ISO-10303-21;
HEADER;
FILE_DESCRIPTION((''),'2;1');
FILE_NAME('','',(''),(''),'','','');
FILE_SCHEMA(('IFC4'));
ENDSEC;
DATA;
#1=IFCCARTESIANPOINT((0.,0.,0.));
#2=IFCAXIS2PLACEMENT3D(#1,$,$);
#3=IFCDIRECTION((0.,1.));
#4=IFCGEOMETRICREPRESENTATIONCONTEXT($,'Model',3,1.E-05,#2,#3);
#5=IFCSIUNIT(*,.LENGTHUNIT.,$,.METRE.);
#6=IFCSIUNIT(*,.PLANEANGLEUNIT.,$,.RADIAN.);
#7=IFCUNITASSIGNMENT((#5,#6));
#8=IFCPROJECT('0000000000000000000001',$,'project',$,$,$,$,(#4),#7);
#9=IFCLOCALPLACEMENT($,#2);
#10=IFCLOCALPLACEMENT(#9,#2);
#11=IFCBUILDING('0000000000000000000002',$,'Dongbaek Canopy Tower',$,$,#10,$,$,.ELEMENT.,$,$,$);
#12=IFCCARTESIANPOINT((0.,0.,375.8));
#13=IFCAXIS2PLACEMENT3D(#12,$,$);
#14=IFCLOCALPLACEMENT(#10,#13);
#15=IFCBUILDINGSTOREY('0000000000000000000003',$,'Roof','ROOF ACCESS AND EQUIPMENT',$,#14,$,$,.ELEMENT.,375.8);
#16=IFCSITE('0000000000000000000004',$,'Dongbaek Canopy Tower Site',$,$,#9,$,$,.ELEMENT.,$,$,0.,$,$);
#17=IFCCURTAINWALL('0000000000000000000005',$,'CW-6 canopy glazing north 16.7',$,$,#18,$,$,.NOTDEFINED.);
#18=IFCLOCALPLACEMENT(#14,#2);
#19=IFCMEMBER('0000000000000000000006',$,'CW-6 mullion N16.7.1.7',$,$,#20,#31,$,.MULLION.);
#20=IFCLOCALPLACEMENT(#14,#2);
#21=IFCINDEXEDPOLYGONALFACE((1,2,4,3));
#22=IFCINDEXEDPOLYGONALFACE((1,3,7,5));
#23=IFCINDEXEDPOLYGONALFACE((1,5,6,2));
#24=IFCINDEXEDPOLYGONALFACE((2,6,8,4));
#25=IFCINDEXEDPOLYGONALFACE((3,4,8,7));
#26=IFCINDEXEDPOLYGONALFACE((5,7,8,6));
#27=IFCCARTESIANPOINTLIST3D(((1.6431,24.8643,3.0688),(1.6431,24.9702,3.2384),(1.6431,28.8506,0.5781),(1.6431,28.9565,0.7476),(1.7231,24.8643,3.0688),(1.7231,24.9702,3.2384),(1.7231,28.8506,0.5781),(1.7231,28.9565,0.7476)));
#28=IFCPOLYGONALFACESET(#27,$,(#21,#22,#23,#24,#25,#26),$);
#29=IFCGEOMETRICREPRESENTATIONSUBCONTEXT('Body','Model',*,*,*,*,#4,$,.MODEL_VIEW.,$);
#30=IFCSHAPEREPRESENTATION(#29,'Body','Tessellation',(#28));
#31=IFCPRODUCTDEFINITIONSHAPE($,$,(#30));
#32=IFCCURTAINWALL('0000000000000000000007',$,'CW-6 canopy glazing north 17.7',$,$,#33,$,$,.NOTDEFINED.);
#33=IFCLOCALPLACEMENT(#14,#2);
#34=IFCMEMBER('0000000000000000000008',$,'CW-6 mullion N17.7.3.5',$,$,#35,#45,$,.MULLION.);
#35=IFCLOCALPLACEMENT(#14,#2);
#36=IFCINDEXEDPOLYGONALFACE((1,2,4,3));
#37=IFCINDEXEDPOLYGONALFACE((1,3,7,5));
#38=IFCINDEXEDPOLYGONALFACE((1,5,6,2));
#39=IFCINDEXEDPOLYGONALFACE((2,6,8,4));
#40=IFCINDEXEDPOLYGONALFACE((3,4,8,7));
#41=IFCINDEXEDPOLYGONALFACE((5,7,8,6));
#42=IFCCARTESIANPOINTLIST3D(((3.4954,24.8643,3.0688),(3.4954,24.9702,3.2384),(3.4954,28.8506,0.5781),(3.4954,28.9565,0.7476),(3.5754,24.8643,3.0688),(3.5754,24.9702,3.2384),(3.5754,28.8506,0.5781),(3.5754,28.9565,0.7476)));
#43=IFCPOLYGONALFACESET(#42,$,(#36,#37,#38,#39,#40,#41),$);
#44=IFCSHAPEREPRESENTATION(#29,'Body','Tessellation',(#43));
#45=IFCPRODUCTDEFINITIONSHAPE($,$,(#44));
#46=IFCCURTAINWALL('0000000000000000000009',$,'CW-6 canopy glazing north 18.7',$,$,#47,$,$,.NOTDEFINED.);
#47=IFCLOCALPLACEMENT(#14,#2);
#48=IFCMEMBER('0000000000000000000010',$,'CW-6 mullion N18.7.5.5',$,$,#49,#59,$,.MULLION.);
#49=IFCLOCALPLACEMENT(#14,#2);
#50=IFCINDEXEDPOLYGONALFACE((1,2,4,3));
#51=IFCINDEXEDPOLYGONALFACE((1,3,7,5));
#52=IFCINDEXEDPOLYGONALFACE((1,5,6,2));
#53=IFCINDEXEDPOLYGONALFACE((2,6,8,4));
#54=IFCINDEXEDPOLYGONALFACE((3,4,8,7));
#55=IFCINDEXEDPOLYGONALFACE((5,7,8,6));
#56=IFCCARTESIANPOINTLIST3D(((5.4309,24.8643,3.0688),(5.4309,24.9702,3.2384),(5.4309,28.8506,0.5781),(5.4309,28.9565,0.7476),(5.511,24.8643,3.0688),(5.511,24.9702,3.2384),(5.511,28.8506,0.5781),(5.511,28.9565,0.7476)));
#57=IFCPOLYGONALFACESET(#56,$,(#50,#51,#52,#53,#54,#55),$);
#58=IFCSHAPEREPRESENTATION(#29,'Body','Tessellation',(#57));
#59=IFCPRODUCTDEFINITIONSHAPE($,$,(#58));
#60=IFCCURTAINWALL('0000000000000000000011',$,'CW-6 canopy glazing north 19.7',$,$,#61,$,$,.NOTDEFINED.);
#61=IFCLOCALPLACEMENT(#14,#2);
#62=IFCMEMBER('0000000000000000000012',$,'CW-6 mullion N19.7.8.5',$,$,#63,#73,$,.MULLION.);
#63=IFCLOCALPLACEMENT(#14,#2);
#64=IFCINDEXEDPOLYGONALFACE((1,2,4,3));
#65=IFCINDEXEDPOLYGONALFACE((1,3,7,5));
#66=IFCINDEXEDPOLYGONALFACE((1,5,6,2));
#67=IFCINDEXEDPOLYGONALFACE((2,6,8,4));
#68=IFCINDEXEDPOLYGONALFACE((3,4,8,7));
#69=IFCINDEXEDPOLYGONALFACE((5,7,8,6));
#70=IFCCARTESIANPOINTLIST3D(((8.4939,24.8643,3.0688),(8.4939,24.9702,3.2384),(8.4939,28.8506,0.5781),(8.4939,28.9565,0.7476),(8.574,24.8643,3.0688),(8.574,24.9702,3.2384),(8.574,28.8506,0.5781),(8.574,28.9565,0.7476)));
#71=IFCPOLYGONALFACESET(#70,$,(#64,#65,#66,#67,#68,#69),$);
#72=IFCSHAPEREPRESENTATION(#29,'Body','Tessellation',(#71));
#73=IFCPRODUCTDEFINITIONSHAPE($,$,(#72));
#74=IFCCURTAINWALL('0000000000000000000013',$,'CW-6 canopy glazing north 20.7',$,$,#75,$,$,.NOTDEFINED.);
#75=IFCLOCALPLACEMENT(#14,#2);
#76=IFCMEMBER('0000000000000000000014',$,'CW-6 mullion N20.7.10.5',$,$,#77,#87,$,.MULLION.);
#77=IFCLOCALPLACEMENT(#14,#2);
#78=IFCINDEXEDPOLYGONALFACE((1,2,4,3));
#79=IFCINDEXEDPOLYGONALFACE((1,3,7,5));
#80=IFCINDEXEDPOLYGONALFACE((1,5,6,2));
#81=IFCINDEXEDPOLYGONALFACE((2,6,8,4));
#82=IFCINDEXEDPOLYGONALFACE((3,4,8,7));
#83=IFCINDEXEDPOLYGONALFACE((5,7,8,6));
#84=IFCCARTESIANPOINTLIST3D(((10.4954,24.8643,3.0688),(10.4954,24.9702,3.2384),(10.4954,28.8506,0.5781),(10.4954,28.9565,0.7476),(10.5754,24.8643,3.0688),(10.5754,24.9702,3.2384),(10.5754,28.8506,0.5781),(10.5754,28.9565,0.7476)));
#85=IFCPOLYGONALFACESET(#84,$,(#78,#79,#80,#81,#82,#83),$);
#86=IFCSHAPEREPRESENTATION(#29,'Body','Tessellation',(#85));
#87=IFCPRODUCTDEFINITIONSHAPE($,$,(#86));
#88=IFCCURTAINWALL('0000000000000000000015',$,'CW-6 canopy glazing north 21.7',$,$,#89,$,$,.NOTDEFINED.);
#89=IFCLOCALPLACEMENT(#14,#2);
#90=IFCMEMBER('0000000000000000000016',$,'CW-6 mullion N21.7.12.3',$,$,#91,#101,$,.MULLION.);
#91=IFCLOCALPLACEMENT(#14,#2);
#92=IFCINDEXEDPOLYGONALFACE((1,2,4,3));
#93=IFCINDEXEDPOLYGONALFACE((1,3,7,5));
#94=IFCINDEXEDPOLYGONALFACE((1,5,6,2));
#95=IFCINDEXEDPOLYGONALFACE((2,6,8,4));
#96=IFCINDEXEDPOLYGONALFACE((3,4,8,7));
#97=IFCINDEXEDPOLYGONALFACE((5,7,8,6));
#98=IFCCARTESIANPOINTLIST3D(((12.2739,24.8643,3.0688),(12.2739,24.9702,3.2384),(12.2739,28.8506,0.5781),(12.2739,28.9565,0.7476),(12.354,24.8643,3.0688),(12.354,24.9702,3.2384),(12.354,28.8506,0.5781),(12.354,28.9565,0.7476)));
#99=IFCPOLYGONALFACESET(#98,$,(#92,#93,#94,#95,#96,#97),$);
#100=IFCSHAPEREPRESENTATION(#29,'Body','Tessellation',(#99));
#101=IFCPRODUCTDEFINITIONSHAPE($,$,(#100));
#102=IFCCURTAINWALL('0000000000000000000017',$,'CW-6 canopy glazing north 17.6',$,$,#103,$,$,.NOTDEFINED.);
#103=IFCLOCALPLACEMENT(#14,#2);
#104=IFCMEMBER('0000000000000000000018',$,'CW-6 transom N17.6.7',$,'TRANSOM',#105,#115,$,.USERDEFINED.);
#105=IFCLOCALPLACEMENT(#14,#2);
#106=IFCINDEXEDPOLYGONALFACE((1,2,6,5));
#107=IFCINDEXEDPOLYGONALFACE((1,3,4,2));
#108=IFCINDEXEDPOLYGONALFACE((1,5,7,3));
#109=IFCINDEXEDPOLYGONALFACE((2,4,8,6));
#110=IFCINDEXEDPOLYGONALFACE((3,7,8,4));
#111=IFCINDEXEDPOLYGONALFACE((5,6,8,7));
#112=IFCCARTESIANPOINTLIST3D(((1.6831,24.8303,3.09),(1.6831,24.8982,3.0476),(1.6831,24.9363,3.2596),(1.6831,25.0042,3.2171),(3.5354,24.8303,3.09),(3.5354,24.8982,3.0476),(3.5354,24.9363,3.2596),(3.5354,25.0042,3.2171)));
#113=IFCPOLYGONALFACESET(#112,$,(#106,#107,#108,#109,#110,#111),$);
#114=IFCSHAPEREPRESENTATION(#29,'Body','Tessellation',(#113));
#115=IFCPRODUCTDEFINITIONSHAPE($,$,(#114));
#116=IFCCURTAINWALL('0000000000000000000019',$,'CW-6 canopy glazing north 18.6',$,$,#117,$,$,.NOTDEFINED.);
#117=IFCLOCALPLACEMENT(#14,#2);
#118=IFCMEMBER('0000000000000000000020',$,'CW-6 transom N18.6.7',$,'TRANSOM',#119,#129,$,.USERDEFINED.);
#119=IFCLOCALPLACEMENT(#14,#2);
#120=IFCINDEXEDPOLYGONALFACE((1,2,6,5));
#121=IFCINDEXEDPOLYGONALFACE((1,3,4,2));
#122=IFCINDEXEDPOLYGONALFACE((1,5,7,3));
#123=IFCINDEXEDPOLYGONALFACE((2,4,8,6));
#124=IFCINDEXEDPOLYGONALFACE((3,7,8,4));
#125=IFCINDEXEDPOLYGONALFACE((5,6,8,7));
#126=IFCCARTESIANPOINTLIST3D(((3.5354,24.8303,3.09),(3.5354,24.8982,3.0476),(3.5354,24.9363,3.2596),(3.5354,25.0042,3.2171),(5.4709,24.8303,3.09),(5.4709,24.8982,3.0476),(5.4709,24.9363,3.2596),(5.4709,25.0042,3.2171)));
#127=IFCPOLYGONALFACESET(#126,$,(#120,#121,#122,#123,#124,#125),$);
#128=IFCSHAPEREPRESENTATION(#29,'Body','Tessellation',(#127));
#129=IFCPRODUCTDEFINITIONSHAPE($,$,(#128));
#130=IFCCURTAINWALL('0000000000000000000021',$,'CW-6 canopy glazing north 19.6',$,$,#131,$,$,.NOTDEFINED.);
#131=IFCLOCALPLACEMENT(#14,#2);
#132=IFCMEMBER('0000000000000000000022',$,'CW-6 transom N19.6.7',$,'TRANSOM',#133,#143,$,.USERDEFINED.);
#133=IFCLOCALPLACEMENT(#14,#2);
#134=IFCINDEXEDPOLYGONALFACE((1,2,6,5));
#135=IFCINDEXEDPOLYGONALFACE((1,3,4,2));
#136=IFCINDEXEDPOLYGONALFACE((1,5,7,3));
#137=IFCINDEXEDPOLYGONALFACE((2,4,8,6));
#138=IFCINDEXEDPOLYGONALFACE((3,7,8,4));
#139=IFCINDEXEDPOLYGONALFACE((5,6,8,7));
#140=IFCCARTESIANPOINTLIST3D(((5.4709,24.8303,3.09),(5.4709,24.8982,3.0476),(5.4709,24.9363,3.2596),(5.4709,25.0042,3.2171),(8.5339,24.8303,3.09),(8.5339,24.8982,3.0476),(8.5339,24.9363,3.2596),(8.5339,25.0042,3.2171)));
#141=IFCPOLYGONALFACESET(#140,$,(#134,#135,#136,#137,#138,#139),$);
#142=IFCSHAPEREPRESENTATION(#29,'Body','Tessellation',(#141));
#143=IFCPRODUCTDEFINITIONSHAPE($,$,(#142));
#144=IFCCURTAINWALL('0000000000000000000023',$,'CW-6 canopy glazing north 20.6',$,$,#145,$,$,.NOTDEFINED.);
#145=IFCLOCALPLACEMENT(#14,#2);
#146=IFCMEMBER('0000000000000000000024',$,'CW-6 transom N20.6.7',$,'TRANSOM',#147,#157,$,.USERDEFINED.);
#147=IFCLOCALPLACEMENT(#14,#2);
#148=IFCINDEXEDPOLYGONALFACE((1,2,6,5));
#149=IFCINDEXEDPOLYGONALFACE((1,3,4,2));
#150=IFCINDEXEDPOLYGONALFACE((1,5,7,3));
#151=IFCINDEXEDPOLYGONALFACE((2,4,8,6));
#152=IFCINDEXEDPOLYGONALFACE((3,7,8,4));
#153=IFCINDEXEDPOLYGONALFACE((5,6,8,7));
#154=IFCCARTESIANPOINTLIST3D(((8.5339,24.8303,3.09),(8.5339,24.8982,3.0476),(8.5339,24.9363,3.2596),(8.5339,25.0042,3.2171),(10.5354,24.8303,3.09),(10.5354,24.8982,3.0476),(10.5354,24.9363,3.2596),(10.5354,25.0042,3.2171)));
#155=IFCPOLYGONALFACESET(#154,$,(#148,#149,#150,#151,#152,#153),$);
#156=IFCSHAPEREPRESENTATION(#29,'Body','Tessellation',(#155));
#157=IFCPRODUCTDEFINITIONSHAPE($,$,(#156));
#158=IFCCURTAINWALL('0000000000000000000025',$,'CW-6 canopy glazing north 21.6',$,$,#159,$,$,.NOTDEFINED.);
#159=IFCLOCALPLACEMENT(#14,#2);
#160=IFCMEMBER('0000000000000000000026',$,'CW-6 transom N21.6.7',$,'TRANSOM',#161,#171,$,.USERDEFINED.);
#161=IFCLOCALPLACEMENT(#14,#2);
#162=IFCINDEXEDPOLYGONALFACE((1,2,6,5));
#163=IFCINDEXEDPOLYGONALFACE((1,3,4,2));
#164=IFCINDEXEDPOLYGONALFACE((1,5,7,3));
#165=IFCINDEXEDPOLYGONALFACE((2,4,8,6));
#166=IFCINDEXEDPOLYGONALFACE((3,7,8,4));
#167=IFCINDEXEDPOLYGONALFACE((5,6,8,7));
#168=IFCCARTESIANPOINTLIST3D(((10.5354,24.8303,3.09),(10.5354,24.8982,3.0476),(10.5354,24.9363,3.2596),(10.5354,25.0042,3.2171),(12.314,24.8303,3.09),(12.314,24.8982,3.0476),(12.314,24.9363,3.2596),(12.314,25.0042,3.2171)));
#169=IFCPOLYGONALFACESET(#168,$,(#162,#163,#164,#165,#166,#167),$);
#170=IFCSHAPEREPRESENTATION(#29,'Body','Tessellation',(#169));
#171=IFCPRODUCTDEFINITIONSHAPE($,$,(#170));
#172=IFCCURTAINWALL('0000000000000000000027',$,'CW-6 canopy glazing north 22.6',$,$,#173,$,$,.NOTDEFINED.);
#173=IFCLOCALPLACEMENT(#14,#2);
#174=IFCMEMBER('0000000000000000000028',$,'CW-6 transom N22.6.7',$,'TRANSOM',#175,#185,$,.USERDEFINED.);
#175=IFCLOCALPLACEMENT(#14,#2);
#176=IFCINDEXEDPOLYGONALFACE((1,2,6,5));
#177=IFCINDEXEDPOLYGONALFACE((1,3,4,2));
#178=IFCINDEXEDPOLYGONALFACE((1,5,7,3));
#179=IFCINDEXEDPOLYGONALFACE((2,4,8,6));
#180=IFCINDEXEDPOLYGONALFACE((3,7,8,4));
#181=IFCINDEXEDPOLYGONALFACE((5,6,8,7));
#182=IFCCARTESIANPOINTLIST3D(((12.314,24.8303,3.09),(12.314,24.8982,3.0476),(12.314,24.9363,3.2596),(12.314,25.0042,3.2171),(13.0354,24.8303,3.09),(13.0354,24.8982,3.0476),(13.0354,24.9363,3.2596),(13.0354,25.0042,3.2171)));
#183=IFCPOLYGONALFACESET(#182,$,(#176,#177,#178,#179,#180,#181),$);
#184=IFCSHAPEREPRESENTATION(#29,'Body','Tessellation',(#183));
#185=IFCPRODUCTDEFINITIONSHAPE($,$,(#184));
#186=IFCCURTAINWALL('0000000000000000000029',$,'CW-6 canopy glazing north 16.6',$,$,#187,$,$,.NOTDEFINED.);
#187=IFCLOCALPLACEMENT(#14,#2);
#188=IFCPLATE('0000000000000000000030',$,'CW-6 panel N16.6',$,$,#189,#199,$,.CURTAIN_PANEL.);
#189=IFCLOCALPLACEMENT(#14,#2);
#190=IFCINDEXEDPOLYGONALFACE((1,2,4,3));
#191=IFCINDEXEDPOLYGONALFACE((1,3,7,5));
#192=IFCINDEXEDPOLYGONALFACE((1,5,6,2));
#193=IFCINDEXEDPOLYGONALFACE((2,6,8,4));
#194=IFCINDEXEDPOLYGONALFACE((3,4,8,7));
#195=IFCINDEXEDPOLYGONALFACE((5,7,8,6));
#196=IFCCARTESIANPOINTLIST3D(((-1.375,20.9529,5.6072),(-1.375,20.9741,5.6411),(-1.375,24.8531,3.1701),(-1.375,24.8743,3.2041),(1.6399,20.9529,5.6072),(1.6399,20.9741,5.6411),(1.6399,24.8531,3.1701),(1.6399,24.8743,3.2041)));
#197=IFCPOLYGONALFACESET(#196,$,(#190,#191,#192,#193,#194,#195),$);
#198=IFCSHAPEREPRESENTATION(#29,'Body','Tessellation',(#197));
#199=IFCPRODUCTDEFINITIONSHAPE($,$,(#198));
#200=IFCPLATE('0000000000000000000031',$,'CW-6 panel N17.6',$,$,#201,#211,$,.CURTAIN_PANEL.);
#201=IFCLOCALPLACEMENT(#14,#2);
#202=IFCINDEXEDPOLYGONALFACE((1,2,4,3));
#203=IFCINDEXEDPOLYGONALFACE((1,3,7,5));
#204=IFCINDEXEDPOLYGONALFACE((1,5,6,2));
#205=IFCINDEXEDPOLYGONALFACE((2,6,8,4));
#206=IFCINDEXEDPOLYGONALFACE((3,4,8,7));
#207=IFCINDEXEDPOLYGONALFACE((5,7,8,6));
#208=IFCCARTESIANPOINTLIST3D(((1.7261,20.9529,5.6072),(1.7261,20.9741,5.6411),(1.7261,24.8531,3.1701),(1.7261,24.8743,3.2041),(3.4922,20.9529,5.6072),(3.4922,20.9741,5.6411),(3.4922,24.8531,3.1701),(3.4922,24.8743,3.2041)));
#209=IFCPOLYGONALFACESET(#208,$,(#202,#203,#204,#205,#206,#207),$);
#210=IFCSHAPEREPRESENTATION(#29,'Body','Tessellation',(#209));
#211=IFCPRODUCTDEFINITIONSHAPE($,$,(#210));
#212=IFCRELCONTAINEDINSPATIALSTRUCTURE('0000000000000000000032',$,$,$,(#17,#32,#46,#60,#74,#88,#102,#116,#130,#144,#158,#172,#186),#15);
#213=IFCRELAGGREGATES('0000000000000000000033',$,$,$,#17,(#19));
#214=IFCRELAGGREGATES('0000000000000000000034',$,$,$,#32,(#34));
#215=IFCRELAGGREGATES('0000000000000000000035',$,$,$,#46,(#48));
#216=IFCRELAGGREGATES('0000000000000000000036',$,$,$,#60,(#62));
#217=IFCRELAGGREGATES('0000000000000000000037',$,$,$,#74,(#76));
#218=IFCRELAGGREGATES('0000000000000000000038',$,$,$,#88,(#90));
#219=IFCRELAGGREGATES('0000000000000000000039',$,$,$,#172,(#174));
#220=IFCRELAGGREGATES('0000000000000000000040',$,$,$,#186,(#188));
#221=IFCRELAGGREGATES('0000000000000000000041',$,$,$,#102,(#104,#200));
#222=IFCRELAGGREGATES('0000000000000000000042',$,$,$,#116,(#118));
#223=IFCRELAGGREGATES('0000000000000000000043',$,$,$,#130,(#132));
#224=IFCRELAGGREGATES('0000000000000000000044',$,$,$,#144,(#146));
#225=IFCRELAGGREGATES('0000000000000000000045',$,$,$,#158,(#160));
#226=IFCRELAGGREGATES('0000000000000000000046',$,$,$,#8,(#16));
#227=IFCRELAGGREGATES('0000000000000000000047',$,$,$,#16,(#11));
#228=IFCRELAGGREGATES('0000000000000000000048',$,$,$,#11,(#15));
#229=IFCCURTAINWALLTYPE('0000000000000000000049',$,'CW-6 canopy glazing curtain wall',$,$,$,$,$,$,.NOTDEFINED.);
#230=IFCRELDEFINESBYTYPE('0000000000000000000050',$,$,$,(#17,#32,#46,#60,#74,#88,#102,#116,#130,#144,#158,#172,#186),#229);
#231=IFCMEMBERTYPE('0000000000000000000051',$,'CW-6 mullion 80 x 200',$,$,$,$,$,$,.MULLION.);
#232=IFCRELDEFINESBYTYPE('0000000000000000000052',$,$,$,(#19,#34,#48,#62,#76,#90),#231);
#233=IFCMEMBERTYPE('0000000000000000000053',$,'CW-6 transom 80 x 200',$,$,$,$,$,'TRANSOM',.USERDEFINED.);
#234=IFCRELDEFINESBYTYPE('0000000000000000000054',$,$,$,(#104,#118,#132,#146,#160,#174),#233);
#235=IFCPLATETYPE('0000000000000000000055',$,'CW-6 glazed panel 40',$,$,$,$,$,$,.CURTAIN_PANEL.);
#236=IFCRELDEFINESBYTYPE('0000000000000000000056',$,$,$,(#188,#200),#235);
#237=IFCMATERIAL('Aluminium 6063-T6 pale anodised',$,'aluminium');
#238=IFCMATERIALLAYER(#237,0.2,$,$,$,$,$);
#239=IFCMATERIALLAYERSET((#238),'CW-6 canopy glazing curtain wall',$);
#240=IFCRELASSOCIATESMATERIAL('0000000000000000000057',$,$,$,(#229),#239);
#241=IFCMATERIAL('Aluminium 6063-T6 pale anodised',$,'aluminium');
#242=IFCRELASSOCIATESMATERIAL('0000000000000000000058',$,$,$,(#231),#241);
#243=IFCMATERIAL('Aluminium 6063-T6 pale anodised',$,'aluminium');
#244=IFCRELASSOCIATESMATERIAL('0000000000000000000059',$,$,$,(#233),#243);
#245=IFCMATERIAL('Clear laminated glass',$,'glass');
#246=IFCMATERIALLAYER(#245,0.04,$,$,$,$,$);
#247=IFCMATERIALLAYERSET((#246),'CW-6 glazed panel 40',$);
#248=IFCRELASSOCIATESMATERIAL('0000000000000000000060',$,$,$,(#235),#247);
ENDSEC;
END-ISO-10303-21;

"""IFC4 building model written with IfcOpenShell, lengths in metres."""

from ifc_helpers import new_model, si_unit, direction, frame, origin, origin_2d, place, context, subcontext, project, spatial, polyline, rectangle, outline, extrude, material, layer, layer_set, material_profile, profile_set, type_object, element, aggregate, save


model = new_model("IFC4")

# Units and contexts
model_context = context("Model", 3, precision=1e-05, world=origin(), true_north=direction((0.0, 1.0)))
body_context = subcontext(model_context, "Body", "Model", "MODEL_VIEW")
ifc_project = project(units=[si_unit("LENGTHUNIT", "METRE"), si_unit("PLANEANGLEUNIT", "RADIAN")], contexts=[model_context])

# Site, building, storey
site_placement = place(None, origin())
site = spatial("IfcSite", under=ifc_project, at=site_placement, Name="Dongbaek Canopy Tower Site", CompositionType="ELEMENT", RefElevation=0.0)
building_placement = place(site_placement, origin())
building = spatial("IfcBuilding", under=site, at=building_placement, Name="Dongbaek Canopy Tower", CompositionType="ELEMENT")
storey_placement = place(building_placement, frame((0.0, 0.0, 375.8)))
storey = spatial("IfcBuildingStorey", under=building, at=storey_placement, Name="Roof", Description="ROOF ACCESS AND EQUIPMENT", CompositionType="ELEMENT", Elevation=375.8)

# Curtain walls, members
ifc_material_1 = material(Name="Aluminium 6063-T6 pale anodised", Category="aluminium")
ifc_layer_1 = layer(ifc_material_1, 0.2)
ifc_layer_set_1 = layer_set([ifc_layer_1], Name="CW-6 canopy glazing curtain wall")
curtain_wall_type = type_object("IfcCurtainWallType", Name="CW-6 canopy glazing curtain wall", PredefinedType="NOTDEFINED", material=ifc_layer_set_1)
curtain_wall_1_placement = place(storey_placement, origin())
curtain_wall_1 = element("IfcCurtainWall", 1, at=curtain_wall_1_placement, inside=storey, type_object=curtain_wall_type, Name="CW-6 canopy glazing north 16.7", PredefinedType="NOTDEFINED")
ifc_material_2 = material(Name="Aluminium 6063-T6 pale anodised", Category="aluminium")
ifc_material_profile_1 = material_profile(ifc_material_2, rectangle(XDim=0.0801, YDim=0.2, at=origin_2d()), Name="CW-6 mullion 80 x 200")
ifc_profile_set_1 = profile_set([ifc_material_profile_1], Name="Aluminium 6063-T6 pale anodised")
member_type_1 = type_object("IfcMemberType", Name="CW-6 mullion 80 x 200", PredefinedType="MULLION", material=ifc_profile_set_1)
member_1_placement = place(storey_placement, frame((1.6831, 24.9172, 3.1536), z_axis=(0.0, 0.848068, -0.529887), x_axis=(-1.0, 0.0, 0.0)))
member_1 = element("IfcMember", 2, at=member_1_placement, type_object=member_type_1, Name="CW-6 mullion N16.7.1.7", PredefinedType="MULLION", context=body_context, shape_type="SweptSolid", body=[
    extrude(rectangle(XDim=0.0801, YDim=0.2, at=origin_2d()), origin(), (0.0, 0.0, 1.0), 4.7004),
])
aggregate(curtain_wall_1, [member_1])
curtain_wall_2_placement = place(storey_placement, origin())
curtain_wall_2 = element("IfcCurtainWall", 3, at=curtain_wall_2_placement, inside=storey, type_object=curtain_wall_type, Name="CW-6 canopy glazing north 17.7", PredefinedType="NOTDEFINED")
member_2_placement = place(storey_placement, frame((3.5354, 24.9172, 3.1536), z_axis=(0.0, 0.848068, -0.529887), x_axis=(-1.0, 0.0, 0.0)))
member_2 = element("IfcMember", 4, at=member_2_placement, type_object=member_type_1, Name="CW-6 mullion N17.7.3.5", PredefinedType="MULLION", context=body_context, shape_type="SweptSolid", body=[
    extrude(rectangle(XDim=0.0801, YDim=0.2, at=origin_2d()), origin(), (0.0, 0.0, 1.0), 4.7004),
])
aggregate(curtain_wall_2, [member_2])
curtain_wall_3_placement = place(storey_placement, origin())
curtain_wall_3 = element("IfcCurtainWall", 5, at=curtain_wall_3_placement, inside=storey, type_object=curtain_wall_type, Name="CW-6 canopy glazing north 18.7", PredefinedType="NOTDEFINED")
member_3_placement = place(storey_placement, frame((5.4709, 24.9172, 3.1536), z_axis=(0.0, 0.848068, -0.529887), x_axis=(-1.0, 0.0, 0.0)))
member_3 = element("IfcMember", 6, at=member_3_placement, type_object=member_type_1, Name="CW-6 mullion N18.7.5.5", PredefinedType="MULLION", context=body_context, shape_type="SweptSolid", body=[
    extrude(rectangle(XDim=0.0801, YDim=0.2, at=origin_2d()), origin(), (0.0, 0.0, 1.0), 4.7004),
])
aggregate(curtain_wall_3, [member_3])
curtain_wall_4_placement = place(storey_placement, origin())
curtain_wall_4 = element("IfcCurtainWall", 7, at=curtain_wall_4_placement, inside=storey, type_object=curtain_wall_type, Name="CW-6 canopy glazing north 19.7", PredefinedType="NOTDEFINED")
member_4_placement = place(storey_placement, frame((8.5339, 24.9172, 3.1536), z_axis=(0.0, 0.848068, -0.529887), x_axis=(-1.0, 0.0, 0.0)))
member_4 = element("IfcMember", 8, at=member_4_placement, type_object=member_type_1, Name="CW-6 mullion N19.7.8.5", PredefinedType="MULLION", context=body_context, shape_type="SweptSolid", body=[
    extrude(rectangle(XDim=0.0801, YDim=0.2, at=origin_2d()), origin(), (0.0, 0.0, 1.0), 4.7004),
])
aggregate(curtain_wall_4, [member_4])
curtain_wall_5_placement = place(storey_placement, origin())
curtain_wall_5 = element("IfcCurtainWall", 9, at=curtain_wall_5_placement, inside=storey, type_object=curtain_wall_type, Name="CW-6 canopy glazing north 20.7", PredefinedType="NOTDEFINED")
member_5_placement = place(storey_placement, frame((10.5354, 24.9172, 3.1536), z_axis=(0.0, 0.848068, -0.529887), x_axis=(-1.0, 0.0, 0.0)))
member_5 = element("IfcMember", 10, at=member_5_placement, type_object=member_type_1, Name="CW-6 mullion N20.7.10.5", PredefinedType="MULLION", context=body_context, shape_type="SweptSolid", body=[
    extrude(rectangle(XDim=0.0801, YDim=0.2, at=origin_2d()), origin(), (0.0, 0.0, 1.0), 4.7004),
])
aggregate(curtain_wall_5, [member_5])
curtain_wall_6_placement = place(storey_placement, origin())
curtain_wall_6 = element("IfcCurtainWall", 11, at=curtain_wall_6_placement, inside=storey, type_object=curtain_wall_type, Name="CW-6 canopy glazing north 21.7", PredefinedType="NOTDEFINED")
member_6_placement = place(storey_placement, frame((12.314, 24.9172, 3.1536), z_axis=(0.0, 0.848068, -0.529887), x_axis=(-1.0, 0.0, 0.0)))
member_6 = element("IfcMember", 12, at=member_6_placement, type_object=member_type_1, Name="CW-6 mullion N21.7.12.3", PredefinedType="MULLION", context=body_context, shape_type="SweptSolid", body=[
    extrude(rectangle(XDim=0.0801, YDim=0.2, at=origin_2d()), origin(), (0.0, 0.0, 1.0), 4.7004),
])
aggregate(curtain_wall_6, [member_6])
curtain_wall_7_placement = place(storey_placement, origin())
curtain_wall_7 = element("IfcCurtainWall", 13, at=curtain_wall_7_placement, inside=storey, type_object=curtain_wall_type, Name="CW-6 canopy glazing north 17.6", PredefinedType="NOTDEFINED")
ifc_material_3 = material(Name="Aluminium 6063-T6 pale anodised", Category="aluminium")
ifc_material_profile_2 = material_profile(ifc_material_3, rectangle(XDim=0.0801, YDim=0.2, at=origin_2d()), Name="CW-6 transom 80 x 200")
ifc_profile_set_2 = profile_set([ifc_material_profile_2], Name="Aluminium 6063-T6 pale anodised")
member_type_2 = type_object("IfcMemberType", Name="CW-6 transom 80 x 200", ElementType="TRANSOM", PredefinedType="USERDEFINED", material=ifc_profile_set_2)
member_7_placement = place(storey_placement, frame((1.6831, 24.9172, 3.1536), z_axis=(1.0, 0.0, 0.0), x_axis=(0.0, 0.848048, -0.529919)))
member_7 = element("IfcMember", 14, at=member_7_placement, type_object=member_type_2, Name="CW-6 transom N17.6.7", ObjectType="TRANSOM", PredefinedType="USERDEFINED", context=body_context, shape_type="SweptSolid", body=[
    extrude(rectangle(XDim=0.0801, YDim=0.2, at=origin_2d()), origin(), (0.0, 0.0, 1.0), 1.8523),
])
curtain_wall_8_placement = place(storey_placement, origin())
curtain_wall_8 = element("IfcCurtainWall", 15, at=curtain_wall_8_placement, inside=storey, type_object=curtain_wall_type, Name="CW-6 canopy glazing north 18.6", PredefinedType="NOTDEFINED")
member_8_placement = place(storey_placement, frame((3.5354, 24.9172, 3.1536), z_axis=(1.0, 0.0, 0.0), x_axis=(0.0, 0.848048, -0.529919)))
member_8 = element("IfcMember", 16, at=member_8_placement, type_object=member_type_2, Name="CW-6 transom N18.6.7", ObjectType="TRANSOM", PredefinedType="USERDEFINED", context=body_context, shape_type="SweptSolid", body=[
    extrude(rectangle(XDim=0.0801, YDim=0.2, at=origin_2d()), origin(), (0.0, 0.0, 1.0), 1.9355),
])
curtain_wall_9_placement = place(storey_placement, origin())
curtain_wall_9 = element("IfcCurtainWall", 17, at=curtain_wall_9_placement, inside=storey, type_object=curtain_wall_type, Name="CW-6 canopy glazing north 19.6", PredefinedType="NOTDEFINED")
member_9_placement = place(storey_placement, frame((5.4709, 24.9172, 3.1536), z_axis=(1.0, 0.0, 0.0), x_axis=(0.0, 0.848048, -0.529919)))
member_9 = element("IfcMember", 18, at=member_9_placement, type_object=member_type_2, Name="CW-6 transom N19.6.7", ObjectType="TRANSOM", PredefinedType="USERDEFINED", context=body_context, shape_type="SweptSolid", body=[
    extrude(rectangle(XDim=0.0801, YDim=0.2, at=origin_2d()), origin(), (0.0, 0.0, 1.0), 3.063),
])
curtain_wall_10_placement = place(storey_placement, origin())
curtain_wall_10 = element("IfcCurtainWall", 19, at=curtain_wall_10_placement, inside=storey, type_object=curtain_wall_type, Name="CW-6 canopy glazing north 20.6", PredefinedType="NOTDEFINED")
member_10_placement = place(storey_placement, frame((8.5339, 24.9172, 3.1536), z_axis=(1.0, 0.0, 0.0), x_axis=(0.0, 0.848048, -0.529919)))
member_10 = element("IfcMember", 20, at=member_10_placement, type_object=member_type_2, Name="CW-6 transom N20.6.7", ObjectType="TRANSOM", PredefinedType="USERDEFINED", context=body_context, shape_type="SweptSolid", body=[
    extrude(rectangle(XDim=0.0801, YDim=0.2, at=origin_2d()), origin(), (0.0, 0.0, 1.0), 2.0015),
])
curtain_wall_11_placement = place(storey_placement, origin())
curtain_wall_11 = element("IfcCurtainWall", 21, at=curtain_wall_11_placement, inside=storey, type_object=curtain_wall_type, Name="CW-6 canopy glazing north 21.6", PredefinedType="NOTDEFINED")
member_11_placement = place(storey_placement, frame((10.5354, 24.9172, 3.1536), z_axis=(1.0, 0.0, 0.0), x_axis=(0.0, 0.848048, -0.529919)))
member_11 = element("IfcMember", 22, at=member_11_placement, type_object=member_type_2, Name="CW-6 transom N21.6.7", ObjectType="TRANSOM", PredefinedType="USERDEFINED", context=body_context, shape_type="SweptSolid", body=[
    extrude(rectangle(XDim=0.0801, YDim=0.2, at=origin_2d()), origin(), (0.0, 0.0, 1.0), 1.7786),
])
curtain_wall_12_placement = place(storey_placement, origin())
curtain_wall_12 = element("IfcCurtainWall", 23, at=curtain_wall_12_placement, inside=storey, type_object=curtain_wall_type, Name="CW-6 canopy glazing north 22.6", PredefinedType="NOTDEFINED")
member_12_placement = place(storey_placement, frame((12.314, 24.9172, 3.1536), z_axis=(1.0, 0.0, 0.0), x_axis=(0.0, 0.848048, -0.529919)))
member_12 = element("IfcMember", 24, at=member_12_placement, type_object=member_type_2, Name="CW-6 transom N22.6.7", ObjectType="TRANSOM", PredefinedType="USERDEFINED", context=body_context, shape_type="SweptSolid", body=[
    extrude(rectangle(XDim=0.0801, YDim=0.2, at=origin_2d()), origin(), (0.0, 0.0, 1.0), 0.7214),
])
aggregate(curtain_wall_12, [member_12])

# Curtain wall, plate
curtain_wall_13_placement = place(storey_placement, origin())
curtain_wall_13 = element("IfcCurtainWall", 25, at=curtain_wall_13_placement, inside=storey, type_object=curtain_wall_type, Name="CW-6 canopy glazing north 16.6", PredefinedType="NOTDEFINED")
ifc_material_4 = material(Name="Clear laminated glass", Category="glass")
ifc_layer_2 = layer(ifc_material_4, 0.04)
ifc_layer_set_2 = layer_set([ifc_layer_2], Name="CW-6 glazed panel 40")
plate_type = type_object("IfcPlateType", Name="CW-6 glazed panel 40", PredefinedType="CURTAIN_PANEL", material=ifc_layer_set_2)
plate_1_placement = place(storey_placement, frame((1.6399, 20.9741, 5.6411), z_axis=(0.0, 0.529908, 0.848055), x_axis=(-1.0, 0.0, 0.0)))
plate_1 = element("IfcPlate", 26, at=plate_1_placement, type_object=plate_type, Name="CW-6 panel N16.6", PredefinedType="CURTAIN_PANEL", context=body_context, shape_type="SweptSolid", body=[
    extrude(outline(polyline([(0.0, 0.0), (3.0149, 0.0), (3.0149, -4.5989), (0.0, -4.5989), (0.0, 0.0)])), origin(), (0.0, 0.0, -1.0), 0.04),
])
aggregate(curtain_wall_13, [plate_1])

# Plate
plate_2_placement = place(storey_placement, frame((3.4922, 20.9741, 5.6411), z_axis=(0.0, 0.529908, 0.848055), x_axis=(-1.0, 0.0, 0.0)))
plate_2 = element("IfcPlate", 27, at=plate_2_placement, type_object=plate_type, Name="CW-6 panel N17.6", PredefinedType="CURTAIN_PANEL", context=body_context, shape_type="SweptSolid", body=[
    extrude(outline(polyline([(0.0, 0.0), (1.7661, 0.0), (1.7661, -4.5989), (0.0, -4.5989), (0.0, 0.0)])), origin(), (0.0, 0.0, -1.0), 0.04),
])
aggregate(curtain_wall_7, [member_7, plate_2])
aggregate(curtain_wall_8, [member_8])
aggregate(curtain_wall_9, [member_9])
aggregate(curtain_wall_10, [member_10])
aggregate(curtain_wall_11, [member_11])

save(model, "model.ifc")
